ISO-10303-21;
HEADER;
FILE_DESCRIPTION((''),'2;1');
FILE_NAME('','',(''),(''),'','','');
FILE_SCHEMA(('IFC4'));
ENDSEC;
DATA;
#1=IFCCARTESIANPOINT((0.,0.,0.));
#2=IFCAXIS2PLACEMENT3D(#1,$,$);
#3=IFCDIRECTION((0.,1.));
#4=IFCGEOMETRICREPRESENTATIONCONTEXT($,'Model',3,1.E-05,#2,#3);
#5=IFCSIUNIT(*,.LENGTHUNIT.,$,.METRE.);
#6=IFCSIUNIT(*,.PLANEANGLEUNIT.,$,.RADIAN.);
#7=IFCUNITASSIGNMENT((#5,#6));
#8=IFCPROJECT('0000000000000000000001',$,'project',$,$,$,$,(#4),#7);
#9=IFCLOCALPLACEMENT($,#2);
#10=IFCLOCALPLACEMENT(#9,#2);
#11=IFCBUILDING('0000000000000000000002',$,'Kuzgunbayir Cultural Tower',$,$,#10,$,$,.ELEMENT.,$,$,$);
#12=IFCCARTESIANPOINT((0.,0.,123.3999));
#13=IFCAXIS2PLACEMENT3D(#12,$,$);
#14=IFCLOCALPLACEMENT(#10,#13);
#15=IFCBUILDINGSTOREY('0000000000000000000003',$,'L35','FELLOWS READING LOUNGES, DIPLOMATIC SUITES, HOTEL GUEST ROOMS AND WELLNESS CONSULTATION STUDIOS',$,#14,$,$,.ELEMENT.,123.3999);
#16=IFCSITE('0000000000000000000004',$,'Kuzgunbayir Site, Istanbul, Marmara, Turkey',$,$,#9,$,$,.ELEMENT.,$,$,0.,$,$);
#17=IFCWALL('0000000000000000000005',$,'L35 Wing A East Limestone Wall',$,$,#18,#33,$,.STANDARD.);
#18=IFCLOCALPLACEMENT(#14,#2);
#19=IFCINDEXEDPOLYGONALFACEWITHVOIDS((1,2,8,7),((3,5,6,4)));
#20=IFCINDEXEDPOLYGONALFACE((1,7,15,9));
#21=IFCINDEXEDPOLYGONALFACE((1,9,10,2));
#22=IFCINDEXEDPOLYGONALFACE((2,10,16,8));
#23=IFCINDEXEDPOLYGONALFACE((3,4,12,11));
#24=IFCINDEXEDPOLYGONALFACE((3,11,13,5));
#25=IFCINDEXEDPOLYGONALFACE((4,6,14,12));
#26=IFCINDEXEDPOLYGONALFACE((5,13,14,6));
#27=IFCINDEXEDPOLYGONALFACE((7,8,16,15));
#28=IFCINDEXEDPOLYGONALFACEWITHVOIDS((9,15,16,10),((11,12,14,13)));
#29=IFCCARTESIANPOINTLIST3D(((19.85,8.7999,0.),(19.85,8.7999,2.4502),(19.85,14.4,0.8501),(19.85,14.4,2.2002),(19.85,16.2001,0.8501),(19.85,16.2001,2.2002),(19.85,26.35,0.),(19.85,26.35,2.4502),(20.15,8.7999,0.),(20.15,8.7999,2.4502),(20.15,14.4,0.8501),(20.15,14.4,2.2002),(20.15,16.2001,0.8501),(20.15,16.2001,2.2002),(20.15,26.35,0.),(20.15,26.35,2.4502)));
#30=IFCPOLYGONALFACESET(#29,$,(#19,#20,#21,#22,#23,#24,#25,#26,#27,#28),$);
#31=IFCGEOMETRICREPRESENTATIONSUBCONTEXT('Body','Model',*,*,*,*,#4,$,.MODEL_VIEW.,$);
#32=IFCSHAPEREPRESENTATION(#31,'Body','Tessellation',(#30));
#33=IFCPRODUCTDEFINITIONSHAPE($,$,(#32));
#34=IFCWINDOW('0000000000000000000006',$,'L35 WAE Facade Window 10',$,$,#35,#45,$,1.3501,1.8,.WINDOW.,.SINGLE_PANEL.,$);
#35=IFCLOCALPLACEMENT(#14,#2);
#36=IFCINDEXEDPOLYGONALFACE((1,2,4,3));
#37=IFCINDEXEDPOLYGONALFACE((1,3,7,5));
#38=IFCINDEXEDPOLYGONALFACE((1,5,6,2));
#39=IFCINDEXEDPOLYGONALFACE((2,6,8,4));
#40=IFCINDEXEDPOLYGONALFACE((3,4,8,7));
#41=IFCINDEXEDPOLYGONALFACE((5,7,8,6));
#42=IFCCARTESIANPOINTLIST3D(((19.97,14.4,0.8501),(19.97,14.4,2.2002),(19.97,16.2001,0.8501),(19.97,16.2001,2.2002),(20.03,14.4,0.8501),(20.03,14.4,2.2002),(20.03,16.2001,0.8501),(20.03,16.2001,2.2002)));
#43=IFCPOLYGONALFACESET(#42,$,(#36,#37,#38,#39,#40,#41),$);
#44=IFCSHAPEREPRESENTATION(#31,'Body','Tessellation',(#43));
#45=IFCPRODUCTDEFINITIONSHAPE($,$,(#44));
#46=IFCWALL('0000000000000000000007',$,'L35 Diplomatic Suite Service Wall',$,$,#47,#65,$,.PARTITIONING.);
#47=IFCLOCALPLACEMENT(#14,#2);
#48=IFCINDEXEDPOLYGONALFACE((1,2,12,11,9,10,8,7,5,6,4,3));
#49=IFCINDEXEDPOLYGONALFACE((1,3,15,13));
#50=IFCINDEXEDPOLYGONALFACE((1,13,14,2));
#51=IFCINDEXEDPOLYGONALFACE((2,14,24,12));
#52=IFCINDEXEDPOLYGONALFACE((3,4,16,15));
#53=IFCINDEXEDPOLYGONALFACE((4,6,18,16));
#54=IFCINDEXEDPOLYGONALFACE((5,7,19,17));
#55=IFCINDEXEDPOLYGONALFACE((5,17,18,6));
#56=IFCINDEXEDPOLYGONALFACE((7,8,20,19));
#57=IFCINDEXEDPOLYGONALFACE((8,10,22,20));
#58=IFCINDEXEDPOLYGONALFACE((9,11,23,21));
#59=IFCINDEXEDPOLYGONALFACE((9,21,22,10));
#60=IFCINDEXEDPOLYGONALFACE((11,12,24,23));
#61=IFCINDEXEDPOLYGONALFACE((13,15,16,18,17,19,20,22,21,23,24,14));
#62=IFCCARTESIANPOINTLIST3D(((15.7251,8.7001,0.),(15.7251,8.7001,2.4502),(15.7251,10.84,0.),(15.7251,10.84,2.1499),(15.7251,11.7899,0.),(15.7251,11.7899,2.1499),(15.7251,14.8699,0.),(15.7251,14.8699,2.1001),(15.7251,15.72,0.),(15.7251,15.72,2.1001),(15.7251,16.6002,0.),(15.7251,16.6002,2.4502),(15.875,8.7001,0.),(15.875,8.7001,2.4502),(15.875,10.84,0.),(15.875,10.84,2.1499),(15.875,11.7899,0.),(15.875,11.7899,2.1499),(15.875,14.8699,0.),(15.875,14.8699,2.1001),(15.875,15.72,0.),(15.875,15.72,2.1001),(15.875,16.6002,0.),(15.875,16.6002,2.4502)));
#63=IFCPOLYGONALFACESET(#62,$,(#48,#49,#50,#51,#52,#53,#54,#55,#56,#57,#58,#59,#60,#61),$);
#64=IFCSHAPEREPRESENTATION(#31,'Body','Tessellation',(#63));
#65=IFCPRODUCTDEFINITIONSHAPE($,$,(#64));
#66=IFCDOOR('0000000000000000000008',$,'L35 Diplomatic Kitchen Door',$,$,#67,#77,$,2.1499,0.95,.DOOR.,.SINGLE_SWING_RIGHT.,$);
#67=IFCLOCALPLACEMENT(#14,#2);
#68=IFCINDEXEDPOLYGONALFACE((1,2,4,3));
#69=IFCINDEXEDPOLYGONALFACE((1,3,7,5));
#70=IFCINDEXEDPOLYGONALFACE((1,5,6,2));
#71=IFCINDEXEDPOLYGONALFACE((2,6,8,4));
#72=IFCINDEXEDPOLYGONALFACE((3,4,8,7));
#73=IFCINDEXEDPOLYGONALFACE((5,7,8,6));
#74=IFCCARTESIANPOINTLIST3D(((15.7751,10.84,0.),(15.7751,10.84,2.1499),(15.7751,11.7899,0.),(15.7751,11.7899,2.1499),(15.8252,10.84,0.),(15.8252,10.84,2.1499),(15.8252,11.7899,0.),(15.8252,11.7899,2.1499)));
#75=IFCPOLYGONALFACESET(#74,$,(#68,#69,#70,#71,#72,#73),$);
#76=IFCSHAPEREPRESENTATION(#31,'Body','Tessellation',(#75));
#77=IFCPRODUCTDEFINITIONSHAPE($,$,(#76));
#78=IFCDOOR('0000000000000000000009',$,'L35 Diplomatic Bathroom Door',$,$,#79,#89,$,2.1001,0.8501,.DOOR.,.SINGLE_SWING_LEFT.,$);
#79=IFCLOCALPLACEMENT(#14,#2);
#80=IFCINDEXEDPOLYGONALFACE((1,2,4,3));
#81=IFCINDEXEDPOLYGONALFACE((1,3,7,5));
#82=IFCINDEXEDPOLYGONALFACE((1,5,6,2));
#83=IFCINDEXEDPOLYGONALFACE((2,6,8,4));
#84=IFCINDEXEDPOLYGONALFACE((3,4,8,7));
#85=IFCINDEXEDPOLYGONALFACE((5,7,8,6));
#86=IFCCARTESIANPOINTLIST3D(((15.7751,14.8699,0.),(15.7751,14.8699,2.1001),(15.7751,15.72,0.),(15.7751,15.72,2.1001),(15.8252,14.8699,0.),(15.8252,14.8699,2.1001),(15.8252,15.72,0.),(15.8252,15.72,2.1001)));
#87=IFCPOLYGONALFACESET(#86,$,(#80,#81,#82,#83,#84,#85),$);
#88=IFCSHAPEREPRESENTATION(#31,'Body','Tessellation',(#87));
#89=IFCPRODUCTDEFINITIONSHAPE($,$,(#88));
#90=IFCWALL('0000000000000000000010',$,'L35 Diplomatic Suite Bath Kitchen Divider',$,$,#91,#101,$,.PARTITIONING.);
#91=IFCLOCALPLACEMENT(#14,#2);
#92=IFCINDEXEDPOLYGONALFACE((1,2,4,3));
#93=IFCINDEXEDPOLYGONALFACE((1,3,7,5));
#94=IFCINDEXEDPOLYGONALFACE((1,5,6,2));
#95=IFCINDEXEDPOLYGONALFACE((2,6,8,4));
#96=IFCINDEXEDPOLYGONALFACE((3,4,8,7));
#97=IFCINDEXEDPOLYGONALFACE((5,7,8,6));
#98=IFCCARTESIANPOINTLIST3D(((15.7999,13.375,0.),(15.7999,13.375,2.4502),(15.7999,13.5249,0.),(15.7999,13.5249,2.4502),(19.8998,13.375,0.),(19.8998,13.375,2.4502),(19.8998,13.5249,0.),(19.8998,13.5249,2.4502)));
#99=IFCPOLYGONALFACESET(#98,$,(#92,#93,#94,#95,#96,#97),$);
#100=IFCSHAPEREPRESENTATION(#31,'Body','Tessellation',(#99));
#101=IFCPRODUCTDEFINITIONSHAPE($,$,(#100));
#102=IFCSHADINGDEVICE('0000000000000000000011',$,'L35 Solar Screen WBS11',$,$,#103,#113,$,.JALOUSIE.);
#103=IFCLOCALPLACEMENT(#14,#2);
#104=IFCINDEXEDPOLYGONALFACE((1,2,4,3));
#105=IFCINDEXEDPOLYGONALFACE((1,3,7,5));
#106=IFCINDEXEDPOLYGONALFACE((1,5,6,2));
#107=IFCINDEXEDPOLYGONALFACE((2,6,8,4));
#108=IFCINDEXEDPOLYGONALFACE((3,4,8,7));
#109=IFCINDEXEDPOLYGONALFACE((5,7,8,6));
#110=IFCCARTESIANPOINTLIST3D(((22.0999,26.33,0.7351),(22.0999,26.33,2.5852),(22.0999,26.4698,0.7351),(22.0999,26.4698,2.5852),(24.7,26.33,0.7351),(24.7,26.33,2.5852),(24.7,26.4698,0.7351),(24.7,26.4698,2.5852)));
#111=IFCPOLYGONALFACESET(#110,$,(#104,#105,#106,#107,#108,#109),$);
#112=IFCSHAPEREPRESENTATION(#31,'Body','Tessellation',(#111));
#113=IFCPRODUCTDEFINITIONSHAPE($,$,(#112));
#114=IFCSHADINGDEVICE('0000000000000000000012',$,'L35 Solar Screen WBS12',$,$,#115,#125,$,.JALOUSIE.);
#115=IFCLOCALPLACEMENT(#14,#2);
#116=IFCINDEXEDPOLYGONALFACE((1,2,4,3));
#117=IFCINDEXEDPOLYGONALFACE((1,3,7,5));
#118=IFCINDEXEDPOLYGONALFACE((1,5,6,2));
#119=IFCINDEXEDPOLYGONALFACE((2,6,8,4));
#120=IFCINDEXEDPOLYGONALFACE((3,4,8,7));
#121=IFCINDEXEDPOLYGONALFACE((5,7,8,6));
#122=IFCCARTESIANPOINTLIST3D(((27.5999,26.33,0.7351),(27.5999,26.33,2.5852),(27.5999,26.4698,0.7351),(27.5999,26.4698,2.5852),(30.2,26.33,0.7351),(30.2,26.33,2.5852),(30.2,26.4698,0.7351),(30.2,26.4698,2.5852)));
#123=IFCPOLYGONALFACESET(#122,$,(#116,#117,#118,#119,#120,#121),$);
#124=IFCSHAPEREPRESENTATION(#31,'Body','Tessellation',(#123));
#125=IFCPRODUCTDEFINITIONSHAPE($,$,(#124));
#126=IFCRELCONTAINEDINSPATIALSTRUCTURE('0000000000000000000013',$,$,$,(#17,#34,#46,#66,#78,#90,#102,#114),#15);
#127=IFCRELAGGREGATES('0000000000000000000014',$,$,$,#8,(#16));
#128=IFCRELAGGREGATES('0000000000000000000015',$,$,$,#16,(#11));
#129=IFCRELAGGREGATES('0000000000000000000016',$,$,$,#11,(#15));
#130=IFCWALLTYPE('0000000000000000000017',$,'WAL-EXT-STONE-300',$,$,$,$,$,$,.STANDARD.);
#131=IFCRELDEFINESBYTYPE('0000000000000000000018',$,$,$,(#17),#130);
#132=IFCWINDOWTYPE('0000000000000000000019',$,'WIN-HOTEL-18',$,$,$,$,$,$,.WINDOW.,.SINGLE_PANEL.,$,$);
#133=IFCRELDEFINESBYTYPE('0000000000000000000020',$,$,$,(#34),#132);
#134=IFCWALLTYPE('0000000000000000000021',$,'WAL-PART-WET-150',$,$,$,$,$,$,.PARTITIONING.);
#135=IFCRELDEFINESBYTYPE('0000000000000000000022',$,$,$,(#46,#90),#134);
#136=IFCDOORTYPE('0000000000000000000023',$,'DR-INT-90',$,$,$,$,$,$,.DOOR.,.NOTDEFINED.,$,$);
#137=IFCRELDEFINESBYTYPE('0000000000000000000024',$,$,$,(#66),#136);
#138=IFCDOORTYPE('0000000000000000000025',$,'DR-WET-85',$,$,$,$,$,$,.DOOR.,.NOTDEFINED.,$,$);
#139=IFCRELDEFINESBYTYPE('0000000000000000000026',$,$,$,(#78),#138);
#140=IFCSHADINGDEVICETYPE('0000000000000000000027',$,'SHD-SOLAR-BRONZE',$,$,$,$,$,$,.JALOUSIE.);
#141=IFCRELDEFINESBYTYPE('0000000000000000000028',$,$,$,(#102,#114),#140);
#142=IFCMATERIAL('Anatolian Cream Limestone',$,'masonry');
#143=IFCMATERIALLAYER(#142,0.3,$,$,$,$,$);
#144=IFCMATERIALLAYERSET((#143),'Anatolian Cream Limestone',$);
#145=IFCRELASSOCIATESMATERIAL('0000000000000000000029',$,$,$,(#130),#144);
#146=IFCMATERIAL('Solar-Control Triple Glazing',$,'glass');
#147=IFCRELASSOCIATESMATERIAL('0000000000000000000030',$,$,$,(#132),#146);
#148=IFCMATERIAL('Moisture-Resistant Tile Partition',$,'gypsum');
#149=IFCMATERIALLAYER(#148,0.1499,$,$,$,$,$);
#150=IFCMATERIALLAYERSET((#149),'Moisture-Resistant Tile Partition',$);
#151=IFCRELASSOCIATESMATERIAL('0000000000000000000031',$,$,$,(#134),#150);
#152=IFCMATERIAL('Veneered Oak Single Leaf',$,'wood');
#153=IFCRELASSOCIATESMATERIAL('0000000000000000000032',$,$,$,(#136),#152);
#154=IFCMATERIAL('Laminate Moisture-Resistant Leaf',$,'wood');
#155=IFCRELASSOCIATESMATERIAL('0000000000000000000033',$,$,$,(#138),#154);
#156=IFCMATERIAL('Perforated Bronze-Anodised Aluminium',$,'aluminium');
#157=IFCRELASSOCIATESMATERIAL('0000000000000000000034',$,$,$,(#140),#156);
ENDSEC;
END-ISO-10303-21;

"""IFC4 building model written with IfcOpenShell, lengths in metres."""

from ifc_helpers import new_model, si_unit, direction, frame, frame_2d, origin, origin_2d, place, context, subcontext, project, spatial, rectangle, extrude, material, layer, layer_set, type_object, element, fill, save


model = new_model("IFC4")

# Units and contexts
model_context = context("Model", 3, precision=1e-05, world=origin(), true_north=direction((0.0, 1.0)))
body_context = subcontext(model_context, "Body", "Model", "MODEL_VIEW")
ifc_project = project(units=[si_unit("LENGTHUNIT", "METRE"), si_unit("PLANEANGLEUNIT", "RADIAN")], contexts=[model_context])

# Site, building, storey
site_placement = place(None, origin())
site = spatial("IfcSite", under=ifc_project, at=site_placement, Name="Kuzgunbayir Site, Istanbul, Marmara, Turkey", CompositionType="ELEMENT", RefElevation=0.0)
building_placement = place(site_placement, origin())
building = spatial("IfcBuilding", under=site, at=building_placement, Name="Kuzgunbayir Cultural Tower", CompositionType="ELEMENT")
storey_placement = place(building_placement, frame((0.0, 0.0, 123.3999)))
storey = spatial("IfcBuildingStorey", under=building, at=storey_placement, Name="L35", Description="FELLOWS READING LOUNGES, DIPLOMATIC SUITES, HOTEL GUEST ROOMS AND WELLNESS CONSULTATION STUDIOS", CompositionType="ELEMENT", Elevation=123.3999)

# Wall, opening, window
ifc_material_1 = material(Name="Anatolian Cream Limestone", Category="masonry")
ifc_layer_1 = layer(ifc_material_1, 0.3)
ifc_layer_set_1 = layer_set([ifc_layer_1], Name="Anatolian Cream Limestone")
wall_type_1 = type_object("IfcWallType", Name="WAL-EXT-STONE-300", PredefinedType="STANDARD", material=ifc_layer_set_1)
wall_1_placement = place(storey_placement, frame((20.0, 8.8, 0.0), z_axis=(0.0, 0.0, 1.0), x_axis=(0.0, 1.0, 0.0)))
wall_1 = element("IfcWall", 1, at=wall_1_placement, inside=storey, type_object=wall_type_1, Name="L35 Wing A East Limestone Wall", PredefinedType="STANDARD", context=body_context, shape_type="SweptSolid", body=[
    extrude(rectangle(XDim=17.55, YDim=0.3, at=frame_2d((8.7749, 0.0))), origin(), (0.0, 0.0, 1.0), 2.4502),
])
opening_1_placement = place(wall_1_placement, frame((5.6001, 0.0, 0.8501)))
opening_1 = element("IfcOpeningElement", 2, at=opening_1_placement, cuts=wall_1, PredefinedType="OPENING", context=body_context, shape_type="SweptSolid", body=[
    extrude(rectangle(XDim=1.8, YDim=1.3501, at=frame_2d((0.8999, 0.675))), frame((0.0, 0.1602, 0.0), z_axis=(0.0, -1.0, 0.0), x_axis=(1.0, 0.0, 0.0)), (0.0, 0.0, 1.0), 0.3201),
])
ifc_material_2 = material(Name="Solar-Control Triple Glazing", Category="glass")
window_type = type_object("IfcWindowType", Name="WIN-HOTEL-18", PartitioningType="SINGLE_PANEL", PredefinedType="WINDOW", material=ifc_material_2)
window_placement = place(opening_1_placement, origin())
window = element("IfcWindow", 3, at=window_placement, inside=storey, type_object=window_type, Name="L35 WAE Facade Window 10", OverallHeight=1.3501, OverallWidth=1.8, PartitioningType="SINGLE_PANEL", PredefinedType="WINDOW", context=body_context, shape_type="SweptSolid", body=[
    extrude(rectangle(XDim=1.8, YDim=1.3501, at=frame_2d((0.8999, 0.675))), frame((0.0, 0.03, 0.0), z_axis=(0.0, -1.0, 0.0), x_axis=(1.0, 0.0, 0.0)), (0.0, 0.0, 1.0), 0.0601),
])
fill(opening_1, window)

# Wall, openings, doors
ifc_material_3 = material(Name="Moisture-Resistant Tile Partition", Category="gypsum")
ifc_layer_2 = layer(ifc_material_3, 0.1499)
ifc_layer_set_2 = layer_set([ifc_layer_2], Name="Moisture-Resistant Tile Partition")
wall_type_2 = type_object("IfcWallType", Name="WAL-PART-WET-150", PredefinedType="PARTITIONING", material=ifc_layer_set_2)
wall_2_placement = place(storey_placement, frame((15.8, 8.7, 0.0), z_axis=(0.0, 0.0, 1.0), x_axis=(0.0, 1.0, 0.0)))
wall_2 = element("IfcWall", 4, at=wall_2_placement, inside=storey, type_object=wall_type_2, Name="L35 Diplomatic Suite Service Wall", PredefinedType="PARTITIONING", context=body_context, shape_type="SweptSolid", body=[
    extrude(rectangle(XDim=7.9001, YDim=0.1499, at=frame_2d((3.9502, 0.0))), origin(), (0.0, 0.0, 1.0), 2.4502),
])
opening_2_placement = place(wall_2_placement, frame((2.1399, 0.0, 0.0)))
opening_2 = element("IfcOpeningElement", 5, at=opening_2_placement, cuts=wall_2, PredefinedType="OPENING", context=body_context, shape_type="SweptSolid", body=[
    extrude(rectangle(XDim=0.95, YDim=2.1499, at=frame_2d((0.4751, 1.075))), frame((0.0, 0.085, 0.0), z_axis=(0.0, -1.0, 0.0), x_axis=(1.0, 0.0, 0.0)), (0.0, 0.0, 1.0), 0.1699),
])
opening_3_placement = place(wall_2_placement, frame((6.1699, 0.0, 0.0)))
opening_3 = element("IfcOpeningElement", 6, at=opening_3_placement, cuts=wall_2, PredefinedType="OPENING", context=body_context, shape_type="SweptSolid", body=[
    extrude(rectangle(XDim=0.8501, YDim=2.1001, at=frame_2d((0.425, 1.05))), frame((0.0, 0.085, 0.0), z_axis=(0.0, -1.0, 0.0), x_axis=(1.0, 0.0, 0.0)), (0.0, 0.0, 1.0), 0.1699),
])
ifc_material_4 = material(Name="Veneered Oak Single Leaf", Category="wood")
door_type_1 = type_object("IfcDoorType", Name="DR-INT-90", OperationType="NOTDEFINED", PredefinedType="DOOR", material=ifc_material_4)
door_1_placement = place(opening_2_placement, origin())
door_1 = element("IfcDoor", 7, at=door_1_placement, inside=storey, type_object=door_type_1, Name="L35 Diplomatic Kitchen Door", OperationType="SINGLE_SWING_RIGHT", OverallHeight=2.1499, OverallWidth=0.95, PredefinedType="DOOR", context=body_context, shape_type="SweptSolid", body=[
    extrude(rectangle(XDim=0.95, YDim=2.1499, at=frame_2d((0.4751, 1.075))), frame((0.0, 0.0249, 0.0), z_axis=(0.0, -1.0, 0.0), x_axis=(1.0, 0.0, 0.0)), (0.0, 0.0, 1.0), 0.05),
])
fill(opening_2, door_1)
ifc_material_5 = material(Name="Laminate Moisture-Resistant Leaf", Category="wood")
door_type_2 = type_object("IfcDoorType", Name="DR-WET-85", OperationType="NOTDEFINED", PredefinedType="DOOR", material=ifc_material_5)
door_2_placement = place(opening_3_placement, origin())
door_2 = element("IfcDoor", 8, at=door_2_placement, inside=storey, type_object=door_type_2, Name="L35 Diplomatic Bathroom Door", OperationType="SINGLE_SWING_LEFT", OverallHeight=2.1001, OverallWidth=0.8501, PredefinedType="DOOR", context=body_context, shape_type="SweptSolid", body=[
    extrude(rectangle(XDim=0.8501, YDim=2.1001, at=frame_2d((0.425, 1.05))), frame((0.0, 0.0249, 0.0), z_axis=(0.0, -1.0, 0.0), x_axis=(1.0, 0.0, 0.0)), (0.0, 0.0, 1.0), 0.05),
])
fill(opening_3, door_2)

# Wall
wall_3_placement = place(storey_placement, frame((15.8, 13.45, 0.0), z_axis=(0.0, 0.0, 1.0), x_axis=(1.0, 0.0, 0.0)))
element("IfcWall", 9, at=wall_3_placement, inside=storey, type_object=wall_type_2, Name="L35 Diplomatic Suite Bath Kitchen Divider", PredefinedType="PARTITIONING", context=body_context, shape_type="SweptSolid", body=[
    extrude(rectangle(XDim=4.0999, YDim=0.1499, at=frame_2d((2.0498, 0.0))), origin(), (0.0, 0.0, 1.0), 2.4502),
])

# Shading devices
ifc_material_6 = material(Name="Perforated Bronze-Anodised Aluminium", Category="aluminium")
shading_device_type = type_object("IfcShadingDeviceType", Name="SHD-SOLAR-BRONZE", PredefinedType="JALOUSIE", material=ifc_material_6)
for number, where, z_axis, x_axis, name in (
    (10, (23.3999, 26.3999, 0.7351), (0.0, 0.0, 1.0), (1.0, 0.0, 0.0), "L35 Solar Screen WBS11"),
    (11, (28.8999, 26.3999, 0.7351), (0.0, 0.0, 1.0), (1.0, 0.0, 0.0), "L35 Solar Screen WBS12"),
):
    element("IfcShadingDevice", number, at=place(storey_placement, frame(where, z_axis=z_axis, x_axis=x_axis)), inside=storey, type_object=shading_device_type, Name=name, PredefinedType="JALOUSIE", context=body_context, shape_type="SweptSolid", body=[
        extrude(rectangle(XDim=2.6001, YDim=0.1399, at=origin_2d()), origin(), (0.0, 0.0, 1.0), 1.8501),
    ])

save(model, "model.ifc")
